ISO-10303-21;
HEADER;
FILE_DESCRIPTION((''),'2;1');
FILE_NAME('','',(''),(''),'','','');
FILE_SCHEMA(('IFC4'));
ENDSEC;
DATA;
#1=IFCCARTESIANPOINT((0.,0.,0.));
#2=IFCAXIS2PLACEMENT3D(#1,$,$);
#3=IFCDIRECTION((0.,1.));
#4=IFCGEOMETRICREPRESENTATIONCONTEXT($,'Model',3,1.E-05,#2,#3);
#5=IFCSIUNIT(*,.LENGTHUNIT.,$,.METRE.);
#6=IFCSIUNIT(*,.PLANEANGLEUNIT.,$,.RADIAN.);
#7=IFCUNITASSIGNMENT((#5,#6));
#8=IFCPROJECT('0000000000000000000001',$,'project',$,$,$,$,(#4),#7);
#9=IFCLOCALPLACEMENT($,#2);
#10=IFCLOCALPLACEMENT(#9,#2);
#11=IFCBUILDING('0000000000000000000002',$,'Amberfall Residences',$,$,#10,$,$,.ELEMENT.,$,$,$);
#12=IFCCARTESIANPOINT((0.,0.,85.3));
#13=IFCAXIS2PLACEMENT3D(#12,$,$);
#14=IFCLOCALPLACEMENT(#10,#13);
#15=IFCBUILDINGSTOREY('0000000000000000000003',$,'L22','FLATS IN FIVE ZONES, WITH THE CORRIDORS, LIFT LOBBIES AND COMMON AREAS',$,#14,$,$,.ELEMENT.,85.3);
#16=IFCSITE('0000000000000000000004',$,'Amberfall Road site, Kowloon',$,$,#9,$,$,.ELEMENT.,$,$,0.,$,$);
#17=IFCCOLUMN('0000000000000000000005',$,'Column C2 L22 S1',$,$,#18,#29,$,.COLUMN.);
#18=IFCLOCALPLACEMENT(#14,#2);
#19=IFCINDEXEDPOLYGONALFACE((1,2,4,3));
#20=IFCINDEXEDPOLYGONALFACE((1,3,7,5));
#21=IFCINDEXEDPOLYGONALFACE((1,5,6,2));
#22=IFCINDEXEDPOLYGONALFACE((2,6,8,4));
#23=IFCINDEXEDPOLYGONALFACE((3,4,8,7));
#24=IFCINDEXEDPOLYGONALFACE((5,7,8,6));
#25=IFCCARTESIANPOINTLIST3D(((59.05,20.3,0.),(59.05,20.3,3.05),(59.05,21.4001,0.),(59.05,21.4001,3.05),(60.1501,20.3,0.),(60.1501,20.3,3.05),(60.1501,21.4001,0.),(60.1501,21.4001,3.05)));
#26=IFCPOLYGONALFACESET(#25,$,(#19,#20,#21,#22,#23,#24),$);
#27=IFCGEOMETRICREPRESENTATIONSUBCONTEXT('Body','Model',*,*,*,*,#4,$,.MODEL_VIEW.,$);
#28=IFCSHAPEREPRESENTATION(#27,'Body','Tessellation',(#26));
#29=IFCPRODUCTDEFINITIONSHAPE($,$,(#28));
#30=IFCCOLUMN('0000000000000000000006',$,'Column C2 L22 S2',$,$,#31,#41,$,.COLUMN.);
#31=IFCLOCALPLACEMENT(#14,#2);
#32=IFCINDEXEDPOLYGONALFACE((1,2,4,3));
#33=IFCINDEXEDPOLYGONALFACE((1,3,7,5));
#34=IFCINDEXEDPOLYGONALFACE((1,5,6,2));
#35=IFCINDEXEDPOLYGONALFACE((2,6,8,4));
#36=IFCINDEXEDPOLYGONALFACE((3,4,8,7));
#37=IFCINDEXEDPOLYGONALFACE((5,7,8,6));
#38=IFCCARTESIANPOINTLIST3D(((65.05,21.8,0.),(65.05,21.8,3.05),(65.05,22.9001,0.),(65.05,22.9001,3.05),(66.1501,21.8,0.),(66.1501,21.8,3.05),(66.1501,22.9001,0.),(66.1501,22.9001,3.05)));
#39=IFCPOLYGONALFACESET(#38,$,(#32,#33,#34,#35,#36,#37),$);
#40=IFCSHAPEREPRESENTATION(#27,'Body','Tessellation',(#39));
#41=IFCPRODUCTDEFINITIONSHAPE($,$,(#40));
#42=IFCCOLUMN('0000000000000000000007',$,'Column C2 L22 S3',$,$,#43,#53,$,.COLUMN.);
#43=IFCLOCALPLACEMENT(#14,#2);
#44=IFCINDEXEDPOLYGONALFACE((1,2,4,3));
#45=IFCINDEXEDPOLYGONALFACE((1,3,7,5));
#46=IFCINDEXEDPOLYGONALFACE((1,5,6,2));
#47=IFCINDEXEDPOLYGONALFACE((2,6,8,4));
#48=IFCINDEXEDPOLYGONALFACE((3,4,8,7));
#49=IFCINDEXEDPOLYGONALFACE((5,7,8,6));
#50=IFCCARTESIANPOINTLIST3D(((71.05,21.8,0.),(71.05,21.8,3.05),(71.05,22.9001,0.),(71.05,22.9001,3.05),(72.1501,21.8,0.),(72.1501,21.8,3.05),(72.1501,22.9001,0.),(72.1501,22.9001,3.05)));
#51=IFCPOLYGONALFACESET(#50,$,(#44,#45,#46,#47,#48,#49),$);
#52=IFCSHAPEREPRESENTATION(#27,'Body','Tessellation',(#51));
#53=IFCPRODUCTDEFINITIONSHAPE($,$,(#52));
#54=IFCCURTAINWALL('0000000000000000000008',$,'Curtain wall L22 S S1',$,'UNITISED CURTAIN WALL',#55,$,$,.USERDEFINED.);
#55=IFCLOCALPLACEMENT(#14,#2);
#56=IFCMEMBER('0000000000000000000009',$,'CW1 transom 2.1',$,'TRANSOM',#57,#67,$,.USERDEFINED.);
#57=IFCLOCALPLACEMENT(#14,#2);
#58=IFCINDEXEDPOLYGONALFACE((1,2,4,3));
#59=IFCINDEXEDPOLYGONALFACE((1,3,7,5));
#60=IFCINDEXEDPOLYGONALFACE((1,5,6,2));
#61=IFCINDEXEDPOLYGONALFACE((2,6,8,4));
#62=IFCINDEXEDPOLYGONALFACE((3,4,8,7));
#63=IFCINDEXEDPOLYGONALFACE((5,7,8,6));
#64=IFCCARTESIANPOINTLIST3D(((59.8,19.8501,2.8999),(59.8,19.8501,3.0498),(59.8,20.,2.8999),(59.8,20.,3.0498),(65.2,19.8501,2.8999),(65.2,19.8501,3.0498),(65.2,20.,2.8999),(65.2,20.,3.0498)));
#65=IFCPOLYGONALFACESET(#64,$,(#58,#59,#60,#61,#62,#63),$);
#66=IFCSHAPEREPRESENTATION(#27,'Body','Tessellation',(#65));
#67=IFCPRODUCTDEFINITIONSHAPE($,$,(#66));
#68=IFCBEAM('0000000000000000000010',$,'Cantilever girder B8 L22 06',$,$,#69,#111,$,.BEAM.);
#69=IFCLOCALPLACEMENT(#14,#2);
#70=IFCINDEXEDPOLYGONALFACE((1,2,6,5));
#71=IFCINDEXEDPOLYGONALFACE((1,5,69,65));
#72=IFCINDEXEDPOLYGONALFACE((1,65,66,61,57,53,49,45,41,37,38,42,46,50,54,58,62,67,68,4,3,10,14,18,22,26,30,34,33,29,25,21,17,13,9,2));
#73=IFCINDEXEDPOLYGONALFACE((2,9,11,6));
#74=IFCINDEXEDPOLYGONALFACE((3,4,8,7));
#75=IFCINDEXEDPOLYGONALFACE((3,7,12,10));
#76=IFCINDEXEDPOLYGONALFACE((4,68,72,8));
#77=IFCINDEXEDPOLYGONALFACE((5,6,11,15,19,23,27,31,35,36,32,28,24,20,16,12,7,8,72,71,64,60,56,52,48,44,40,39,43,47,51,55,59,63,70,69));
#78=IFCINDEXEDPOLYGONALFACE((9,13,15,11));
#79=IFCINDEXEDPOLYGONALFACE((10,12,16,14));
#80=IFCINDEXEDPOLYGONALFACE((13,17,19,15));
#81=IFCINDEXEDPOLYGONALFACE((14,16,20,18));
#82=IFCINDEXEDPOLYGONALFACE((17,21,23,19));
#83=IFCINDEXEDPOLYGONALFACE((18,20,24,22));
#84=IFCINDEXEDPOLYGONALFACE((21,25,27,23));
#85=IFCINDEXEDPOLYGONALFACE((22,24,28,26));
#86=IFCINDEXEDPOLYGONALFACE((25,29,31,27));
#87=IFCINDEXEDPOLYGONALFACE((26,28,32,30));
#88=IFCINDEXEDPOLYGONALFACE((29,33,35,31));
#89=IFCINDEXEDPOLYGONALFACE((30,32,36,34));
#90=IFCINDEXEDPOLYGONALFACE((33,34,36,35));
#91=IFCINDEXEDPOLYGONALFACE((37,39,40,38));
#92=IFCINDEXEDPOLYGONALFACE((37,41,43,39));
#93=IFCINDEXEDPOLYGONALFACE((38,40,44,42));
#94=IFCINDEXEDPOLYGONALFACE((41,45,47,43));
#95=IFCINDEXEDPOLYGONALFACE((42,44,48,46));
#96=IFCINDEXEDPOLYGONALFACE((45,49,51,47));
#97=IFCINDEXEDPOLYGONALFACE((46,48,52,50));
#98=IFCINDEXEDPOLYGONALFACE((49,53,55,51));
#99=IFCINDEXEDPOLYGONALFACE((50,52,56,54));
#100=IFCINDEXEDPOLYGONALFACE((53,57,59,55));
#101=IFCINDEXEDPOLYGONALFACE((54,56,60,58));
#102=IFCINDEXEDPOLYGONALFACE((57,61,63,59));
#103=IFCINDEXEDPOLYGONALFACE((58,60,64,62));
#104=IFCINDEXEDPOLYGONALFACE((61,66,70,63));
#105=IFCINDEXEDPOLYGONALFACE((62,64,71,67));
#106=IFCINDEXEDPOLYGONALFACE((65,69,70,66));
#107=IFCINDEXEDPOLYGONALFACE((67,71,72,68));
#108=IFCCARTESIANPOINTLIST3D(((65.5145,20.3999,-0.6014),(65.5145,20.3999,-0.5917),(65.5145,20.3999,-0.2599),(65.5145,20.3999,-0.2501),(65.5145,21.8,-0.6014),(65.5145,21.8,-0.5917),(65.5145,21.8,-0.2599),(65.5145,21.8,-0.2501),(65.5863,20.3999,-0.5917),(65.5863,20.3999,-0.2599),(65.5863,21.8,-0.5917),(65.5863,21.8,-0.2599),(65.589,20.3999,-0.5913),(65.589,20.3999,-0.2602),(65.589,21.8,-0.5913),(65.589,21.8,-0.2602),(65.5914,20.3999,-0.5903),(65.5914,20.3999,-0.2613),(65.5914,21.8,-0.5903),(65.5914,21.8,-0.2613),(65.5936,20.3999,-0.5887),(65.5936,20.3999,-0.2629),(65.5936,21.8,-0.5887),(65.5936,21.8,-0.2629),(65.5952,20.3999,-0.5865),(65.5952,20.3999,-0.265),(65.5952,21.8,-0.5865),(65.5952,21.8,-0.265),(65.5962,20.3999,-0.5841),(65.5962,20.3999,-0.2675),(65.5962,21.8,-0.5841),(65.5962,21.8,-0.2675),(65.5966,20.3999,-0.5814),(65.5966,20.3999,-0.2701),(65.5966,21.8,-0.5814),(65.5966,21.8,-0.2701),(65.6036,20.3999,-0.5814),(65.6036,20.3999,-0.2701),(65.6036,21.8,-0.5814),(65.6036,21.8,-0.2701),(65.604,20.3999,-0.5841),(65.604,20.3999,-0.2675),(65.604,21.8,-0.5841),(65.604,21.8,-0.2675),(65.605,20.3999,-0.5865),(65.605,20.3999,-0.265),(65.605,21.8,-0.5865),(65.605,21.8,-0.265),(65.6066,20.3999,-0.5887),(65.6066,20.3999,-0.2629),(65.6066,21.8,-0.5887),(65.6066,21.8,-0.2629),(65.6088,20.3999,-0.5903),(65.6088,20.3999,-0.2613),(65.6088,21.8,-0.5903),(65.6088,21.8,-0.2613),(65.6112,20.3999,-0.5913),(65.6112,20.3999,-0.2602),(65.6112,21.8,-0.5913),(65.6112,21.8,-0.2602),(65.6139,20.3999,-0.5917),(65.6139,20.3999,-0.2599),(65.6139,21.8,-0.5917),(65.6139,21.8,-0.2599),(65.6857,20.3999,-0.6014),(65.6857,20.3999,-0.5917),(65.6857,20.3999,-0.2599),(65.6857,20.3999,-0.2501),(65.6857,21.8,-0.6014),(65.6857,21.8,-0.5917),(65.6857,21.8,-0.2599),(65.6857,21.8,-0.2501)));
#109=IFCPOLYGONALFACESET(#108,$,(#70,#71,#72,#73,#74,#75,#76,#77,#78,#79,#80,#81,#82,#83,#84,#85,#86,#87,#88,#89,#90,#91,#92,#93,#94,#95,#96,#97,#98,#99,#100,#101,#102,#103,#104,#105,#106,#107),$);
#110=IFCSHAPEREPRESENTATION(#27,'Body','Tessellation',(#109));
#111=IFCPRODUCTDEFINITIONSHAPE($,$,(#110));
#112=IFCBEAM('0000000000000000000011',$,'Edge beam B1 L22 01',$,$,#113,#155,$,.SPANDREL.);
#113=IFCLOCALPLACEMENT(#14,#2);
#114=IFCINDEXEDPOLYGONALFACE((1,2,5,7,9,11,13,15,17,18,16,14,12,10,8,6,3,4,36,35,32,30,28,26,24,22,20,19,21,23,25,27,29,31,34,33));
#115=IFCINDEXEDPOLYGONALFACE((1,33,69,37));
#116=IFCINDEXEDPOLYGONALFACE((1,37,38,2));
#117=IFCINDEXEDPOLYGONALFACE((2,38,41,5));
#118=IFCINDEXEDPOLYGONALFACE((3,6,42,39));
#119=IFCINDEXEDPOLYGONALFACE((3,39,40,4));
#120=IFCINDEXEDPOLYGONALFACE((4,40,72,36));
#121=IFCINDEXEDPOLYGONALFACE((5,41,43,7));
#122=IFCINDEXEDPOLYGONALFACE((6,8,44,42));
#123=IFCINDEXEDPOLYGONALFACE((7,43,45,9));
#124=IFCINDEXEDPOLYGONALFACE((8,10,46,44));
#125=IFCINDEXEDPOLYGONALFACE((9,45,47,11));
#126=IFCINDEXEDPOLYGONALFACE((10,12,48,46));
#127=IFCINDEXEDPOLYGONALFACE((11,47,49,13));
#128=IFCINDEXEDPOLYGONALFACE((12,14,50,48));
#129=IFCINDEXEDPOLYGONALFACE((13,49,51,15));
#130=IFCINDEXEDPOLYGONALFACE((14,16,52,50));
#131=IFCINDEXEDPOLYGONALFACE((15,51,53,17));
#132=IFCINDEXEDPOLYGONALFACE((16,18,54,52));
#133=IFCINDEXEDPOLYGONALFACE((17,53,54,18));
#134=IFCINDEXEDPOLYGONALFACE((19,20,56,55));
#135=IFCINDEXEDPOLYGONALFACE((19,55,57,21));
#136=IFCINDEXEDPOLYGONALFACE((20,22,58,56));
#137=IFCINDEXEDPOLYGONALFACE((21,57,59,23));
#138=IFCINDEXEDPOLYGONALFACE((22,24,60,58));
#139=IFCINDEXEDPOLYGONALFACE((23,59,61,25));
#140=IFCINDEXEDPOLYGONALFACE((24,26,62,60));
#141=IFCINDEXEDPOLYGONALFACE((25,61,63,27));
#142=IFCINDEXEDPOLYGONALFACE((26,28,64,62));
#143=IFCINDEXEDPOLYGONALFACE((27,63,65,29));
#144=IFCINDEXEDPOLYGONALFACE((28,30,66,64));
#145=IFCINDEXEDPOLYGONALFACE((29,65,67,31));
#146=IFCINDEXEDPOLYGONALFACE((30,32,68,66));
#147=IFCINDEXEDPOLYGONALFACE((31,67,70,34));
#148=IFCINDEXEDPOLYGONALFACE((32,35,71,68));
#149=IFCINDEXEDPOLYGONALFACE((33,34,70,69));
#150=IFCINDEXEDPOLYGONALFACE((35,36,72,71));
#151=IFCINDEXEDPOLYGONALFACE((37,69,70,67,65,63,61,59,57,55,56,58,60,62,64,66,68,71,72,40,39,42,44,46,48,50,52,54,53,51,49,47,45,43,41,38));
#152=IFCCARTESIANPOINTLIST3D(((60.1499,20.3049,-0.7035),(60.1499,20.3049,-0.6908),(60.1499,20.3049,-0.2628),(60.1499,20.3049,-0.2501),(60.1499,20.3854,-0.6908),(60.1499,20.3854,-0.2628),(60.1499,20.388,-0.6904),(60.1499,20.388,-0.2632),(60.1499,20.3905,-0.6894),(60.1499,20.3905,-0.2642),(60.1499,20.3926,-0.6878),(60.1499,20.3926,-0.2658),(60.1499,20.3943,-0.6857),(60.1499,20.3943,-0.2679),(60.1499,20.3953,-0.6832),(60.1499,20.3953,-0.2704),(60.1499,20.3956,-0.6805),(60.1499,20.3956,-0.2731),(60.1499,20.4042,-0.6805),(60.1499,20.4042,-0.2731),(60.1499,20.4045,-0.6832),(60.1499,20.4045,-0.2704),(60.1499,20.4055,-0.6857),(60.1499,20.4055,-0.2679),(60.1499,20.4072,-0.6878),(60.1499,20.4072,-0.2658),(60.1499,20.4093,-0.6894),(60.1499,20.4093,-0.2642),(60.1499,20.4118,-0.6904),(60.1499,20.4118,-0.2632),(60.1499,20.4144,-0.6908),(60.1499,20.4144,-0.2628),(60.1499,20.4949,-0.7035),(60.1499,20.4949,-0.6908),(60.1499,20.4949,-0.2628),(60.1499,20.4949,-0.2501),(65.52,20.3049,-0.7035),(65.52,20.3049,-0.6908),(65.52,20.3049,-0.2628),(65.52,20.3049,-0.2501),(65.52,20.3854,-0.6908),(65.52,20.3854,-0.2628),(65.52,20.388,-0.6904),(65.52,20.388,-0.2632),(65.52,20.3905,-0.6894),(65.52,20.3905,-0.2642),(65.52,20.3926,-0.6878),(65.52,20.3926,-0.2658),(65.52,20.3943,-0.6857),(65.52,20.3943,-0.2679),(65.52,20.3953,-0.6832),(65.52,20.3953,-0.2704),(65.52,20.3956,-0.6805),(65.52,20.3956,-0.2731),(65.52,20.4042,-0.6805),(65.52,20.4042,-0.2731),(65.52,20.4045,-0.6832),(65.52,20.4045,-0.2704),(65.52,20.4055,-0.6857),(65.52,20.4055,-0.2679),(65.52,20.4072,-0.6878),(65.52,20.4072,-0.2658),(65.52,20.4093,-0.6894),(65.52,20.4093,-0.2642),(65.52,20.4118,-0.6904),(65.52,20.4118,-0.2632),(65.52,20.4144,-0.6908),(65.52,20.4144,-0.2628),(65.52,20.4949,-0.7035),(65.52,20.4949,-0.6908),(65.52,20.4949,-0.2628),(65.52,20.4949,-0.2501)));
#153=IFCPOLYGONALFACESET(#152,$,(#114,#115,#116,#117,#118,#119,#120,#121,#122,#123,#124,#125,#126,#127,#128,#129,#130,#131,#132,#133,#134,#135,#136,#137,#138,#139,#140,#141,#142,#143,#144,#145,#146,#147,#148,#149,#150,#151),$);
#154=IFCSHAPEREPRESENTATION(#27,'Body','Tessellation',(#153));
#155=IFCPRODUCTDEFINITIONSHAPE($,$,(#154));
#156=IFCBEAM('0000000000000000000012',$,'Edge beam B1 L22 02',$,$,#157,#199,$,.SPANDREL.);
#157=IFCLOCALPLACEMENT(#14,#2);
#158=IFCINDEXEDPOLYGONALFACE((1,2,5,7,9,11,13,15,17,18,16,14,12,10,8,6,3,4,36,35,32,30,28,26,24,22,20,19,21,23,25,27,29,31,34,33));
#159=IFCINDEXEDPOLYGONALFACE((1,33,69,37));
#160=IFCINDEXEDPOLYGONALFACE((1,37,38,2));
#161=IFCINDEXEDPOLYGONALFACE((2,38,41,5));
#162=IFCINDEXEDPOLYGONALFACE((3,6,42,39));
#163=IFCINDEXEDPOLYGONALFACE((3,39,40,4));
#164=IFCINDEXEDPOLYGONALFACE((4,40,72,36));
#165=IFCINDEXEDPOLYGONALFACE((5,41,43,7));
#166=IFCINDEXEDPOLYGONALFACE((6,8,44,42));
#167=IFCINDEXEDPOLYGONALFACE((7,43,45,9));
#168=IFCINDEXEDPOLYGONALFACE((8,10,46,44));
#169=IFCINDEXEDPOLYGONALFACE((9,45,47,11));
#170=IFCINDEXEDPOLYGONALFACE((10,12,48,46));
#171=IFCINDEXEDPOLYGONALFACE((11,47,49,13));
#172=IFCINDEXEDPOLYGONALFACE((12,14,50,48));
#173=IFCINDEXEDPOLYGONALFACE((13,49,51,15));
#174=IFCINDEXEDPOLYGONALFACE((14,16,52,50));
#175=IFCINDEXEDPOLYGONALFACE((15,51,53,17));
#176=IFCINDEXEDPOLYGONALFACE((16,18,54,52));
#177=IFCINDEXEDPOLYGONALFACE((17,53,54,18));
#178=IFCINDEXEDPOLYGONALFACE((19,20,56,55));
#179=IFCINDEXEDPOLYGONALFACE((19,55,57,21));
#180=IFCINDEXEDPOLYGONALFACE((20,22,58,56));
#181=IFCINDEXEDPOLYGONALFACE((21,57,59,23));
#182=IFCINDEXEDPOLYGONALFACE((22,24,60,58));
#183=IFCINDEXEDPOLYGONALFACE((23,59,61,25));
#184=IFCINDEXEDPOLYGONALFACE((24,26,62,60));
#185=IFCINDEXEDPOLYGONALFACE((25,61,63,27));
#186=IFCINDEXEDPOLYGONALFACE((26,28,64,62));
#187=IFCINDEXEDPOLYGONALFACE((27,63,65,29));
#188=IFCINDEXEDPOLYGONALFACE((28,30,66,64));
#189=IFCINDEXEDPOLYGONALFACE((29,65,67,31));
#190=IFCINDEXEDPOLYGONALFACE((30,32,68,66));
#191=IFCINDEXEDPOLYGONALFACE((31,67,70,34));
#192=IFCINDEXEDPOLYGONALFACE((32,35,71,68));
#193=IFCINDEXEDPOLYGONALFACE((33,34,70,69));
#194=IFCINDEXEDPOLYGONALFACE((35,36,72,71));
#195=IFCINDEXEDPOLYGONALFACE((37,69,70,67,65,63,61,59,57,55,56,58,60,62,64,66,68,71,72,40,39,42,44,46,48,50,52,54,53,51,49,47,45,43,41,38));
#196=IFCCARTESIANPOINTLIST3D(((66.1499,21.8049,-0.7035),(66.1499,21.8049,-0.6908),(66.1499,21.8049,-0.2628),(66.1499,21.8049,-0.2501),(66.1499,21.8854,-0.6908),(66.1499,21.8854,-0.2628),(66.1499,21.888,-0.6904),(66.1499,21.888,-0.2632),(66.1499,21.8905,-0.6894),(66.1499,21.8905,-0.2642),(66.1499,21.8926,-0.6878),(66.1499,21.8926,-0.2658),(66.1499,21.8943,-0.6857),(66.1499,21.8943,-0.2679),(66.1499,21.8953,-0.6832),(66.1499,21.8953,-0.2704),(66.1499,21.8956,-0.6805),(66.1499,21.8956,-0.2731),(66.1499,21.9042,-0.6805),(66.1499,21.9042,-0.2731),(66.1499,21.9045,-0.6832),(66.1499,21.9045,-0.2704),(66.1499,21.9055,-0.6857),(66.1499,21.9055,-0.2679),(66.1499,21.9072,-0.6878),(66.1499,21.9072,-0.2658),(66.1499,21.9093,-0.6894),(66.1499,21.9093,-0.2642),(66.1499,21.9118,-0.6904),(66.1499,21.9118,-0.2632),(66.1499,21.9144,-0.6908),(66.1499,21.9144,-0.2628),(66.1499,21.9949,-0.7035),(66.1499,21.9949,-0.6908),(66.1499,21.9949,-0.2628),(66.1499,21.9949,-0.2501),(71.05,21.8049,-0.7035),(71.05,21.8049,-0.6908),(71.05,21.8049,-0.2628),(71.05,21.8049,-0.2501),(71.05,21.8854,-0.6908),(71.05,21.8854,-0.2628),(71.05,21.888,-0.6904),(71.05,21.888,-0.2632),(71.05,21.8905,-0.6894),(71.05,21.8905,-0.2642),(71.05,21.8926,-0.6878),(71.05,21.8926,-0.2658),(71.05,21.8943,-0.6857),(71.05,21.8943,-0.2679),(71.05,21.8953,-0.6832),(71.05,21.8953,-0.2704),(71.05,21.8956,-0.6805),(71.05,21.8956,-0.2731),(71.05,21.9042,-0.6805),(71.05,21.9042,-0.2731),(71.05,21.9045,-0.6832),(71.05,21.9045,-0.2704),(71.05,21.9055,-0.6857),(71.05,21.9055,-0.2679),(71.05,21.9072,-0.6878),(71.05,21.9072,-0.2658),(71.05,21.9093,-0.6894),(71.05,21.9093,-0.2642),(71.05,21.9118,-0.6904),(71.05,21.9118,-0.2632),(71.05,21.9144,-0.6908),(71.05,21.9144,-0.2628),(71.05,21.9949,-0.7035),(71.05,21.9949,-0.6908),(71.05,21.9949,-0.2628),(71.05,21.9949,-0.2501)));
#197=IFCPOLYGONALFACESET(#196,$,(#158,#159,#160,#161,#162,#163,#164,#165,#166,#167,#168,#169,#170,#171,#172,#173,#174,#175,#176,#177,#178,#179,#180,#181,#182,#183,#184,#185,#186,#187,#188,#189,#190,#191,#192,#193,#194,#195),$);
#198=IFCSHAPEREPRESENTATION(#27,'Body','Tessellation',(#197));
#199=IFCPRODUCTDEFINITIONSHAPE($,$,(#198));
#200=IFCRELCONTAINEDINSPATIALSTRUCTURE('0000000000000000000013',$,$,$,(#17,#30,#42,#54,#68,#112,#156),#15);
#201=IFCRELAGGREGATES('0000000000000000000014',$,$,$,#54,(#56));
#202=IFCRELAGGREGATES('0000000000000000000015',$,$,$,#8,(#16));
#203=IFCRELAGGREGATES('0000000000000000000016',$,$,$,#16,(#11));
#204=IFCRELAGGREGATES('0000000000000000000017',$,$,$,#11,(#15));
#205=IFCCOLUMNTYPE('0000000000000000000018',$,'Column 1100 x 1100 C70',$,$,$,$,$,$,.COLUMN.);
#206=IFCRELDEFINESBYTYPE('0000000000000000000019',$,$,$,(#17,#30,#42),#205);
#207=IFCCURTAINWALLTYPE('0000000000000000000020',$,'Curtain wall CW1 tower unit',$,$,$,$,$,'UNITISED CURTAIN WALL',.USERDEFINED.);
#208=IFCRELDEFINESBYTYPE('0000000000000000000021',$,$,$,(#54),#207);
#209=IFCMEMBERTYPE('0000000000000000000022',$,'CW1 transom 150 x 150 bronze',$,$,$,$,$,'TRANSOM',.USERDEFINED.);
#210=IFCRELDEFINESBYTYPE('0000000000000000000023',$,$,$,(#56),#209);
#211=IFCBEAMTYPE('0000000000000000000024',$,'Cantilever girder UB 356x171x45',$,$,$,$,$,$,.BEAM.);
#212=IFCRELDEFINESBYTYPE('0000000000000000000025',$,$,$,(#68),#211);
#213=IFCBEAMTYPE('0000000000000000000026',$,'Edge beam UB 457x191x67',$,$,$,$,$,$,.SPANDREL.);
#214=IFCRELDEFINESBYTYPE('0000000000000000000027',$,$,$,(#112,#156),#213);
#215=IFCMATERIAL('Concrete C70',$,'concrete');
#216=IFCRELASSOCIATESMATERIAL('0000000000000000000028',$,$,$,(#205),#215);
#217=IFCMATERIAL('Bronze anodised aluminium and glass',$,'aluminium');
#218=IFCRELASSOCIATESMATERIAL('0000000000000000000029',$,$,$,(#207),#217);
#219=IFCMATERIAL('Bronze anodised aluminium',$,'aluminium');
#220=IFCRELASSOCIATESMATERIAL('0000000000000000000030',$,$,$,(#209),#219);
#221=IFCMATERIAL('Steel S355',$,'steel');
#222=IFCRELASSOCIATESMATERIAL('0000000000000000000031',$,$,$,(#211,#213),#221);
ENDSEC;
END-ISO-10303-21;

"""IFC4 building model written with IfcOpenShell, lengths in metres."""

from ifc_helpers import new_model, si_unit, direction, frame, origin, origin_2d, place, context, subcontext, project, spatial, rectangle, i_section, extrude, material, material_profile, profile_set, type_object, element, aggregate, save


model = new_model("IFC4")

# Units and contexts
model_context = context("Model", 3, precision=1e-05, world=origin(), true_north=direction((0.0, 1.0)))
body_context = subcontext(model_context, "Body", "Model", "MODEL_VIEW")
ifc_project = project(units=[si_unit("LENGTHUNIT", "METRE"), si_unit("PLANEANGLEUNIT", "RADIAN")], contexts=[model_context])

# Site, building, storey
site_placement = place(None, origin())
site = spatial("IfcSite", under=ifc_project, at=site_placement, Name="Amberfall Road site, Kowloon", CompositionType="ELEMENT", RefElevation=0.0)
building_placement = place(site_placement, origin())
building = spatial("IfcBuilding", under=site, at=building_placement, Name="Amberfall Residences", CompositionType="ELEMENT")
storey_placement = place(building_placement, frame((0.0, 0.0, 85.3)))
storey = spatial("IfcBuildingStorey", under=building, at=storey_placement, Name="L22", Description="FLATS IN FIVE ZONES, WITH THE CORRIDORS, LIFT LOBBIES AND COMMON AREAS", CompositionType="ELEMENT", Elevation=85.3)

# Columns
ifc_material_1 = material(Name="Concrete C70", Category="concrete")
ifc_material_profile_1 = material_profile(ifc_material_1, rectangle(XDim=1.1001, YDim=1.1001, at=origin_2d()), Name="Column 1100 x 1100 C70")
ifc_profile_set_1 = profile_set([ifc_material_profile_1], Name="Concrete C70")
column_type = type_object("IfcColumnType", Name="Column 1100 x 1100 C70", PredefinedType="COLUMN", material=ifc_profile_set_1)
for number, where, z_axis, x_axis, name in (
    (1, (59.6001, 20.8501, 0.0), (0.0, 0.0, 1.0), (1.0, 0.0, 0.0), "Column C2 L22 S1"),
    (2, (65.6001, 22.3501, 0.0), (0.0, 0.0, 1.0), (1.0, 0.0, 0.0), "Column C2 L22 S2"),
    (3, (71.6001, 22.3501, 0.0), (0.0, 0.0, 1.0), (1.0, 0.0, 0.0), "Column C2 L22 S3"),
):
    element("IfcColumn", number, at=place(storey_placement, frame(where, z_axis=z_axis, x_axis=x_axis)), inside=storey, type_object=column_type, Name=name, PredefinedType="COLUMN", context=body_context, shape_type="SweptSolid", body=[
        extrude(rectangle(XDim=1.1001, YDim=1.1001, at=origin_2d()), origin(), (0.0, 0.0, 1.0), 3.05),
    ])

# Curtain wall, member
ifc_material_2 = material(Name="Bronze anodised aluminium and glass", Category="aluminium")
curtain_wall_type = type_object("IfcCurtainWallType", Name="Curtain wall CW1 tower unit", ElementType="UNITISED CURTAIN WALL", PredefinedType="USERDEFINED", material=ifc_material_2)
curtain_wall_placement = place(storey_placement, origin())
curtain_wall = element("IfcCurtainWall", 4, at=curtain_wall_placement, inside=storey, type_object=curtain_wall_type, Name="Curtain wall L22 S S1", ObjectType="UNITISED CURTAIN WALL", PredefinedType="USERDEFINED")
ifc_material_3 = material(Name="Bronze anodised aluminium", Category="aluminium")
ifc_material_profile_2 = material_profile(ifc_material_3, rectangle(XDim=0.1499, YDim=0.1499, at=origin_2d()), Name="CW1 transom 150 x 150 bronze")
ifc_profile_set_2 = profile_set([ifc_material_profile_2], Name="Bronze anodised aluminium")
member_type_1 = type_object("IfcMemberType", Name="CW1 transom 150 x 150 bronze", ElementType="TRANSOM", PredefinedType="USERDEFINED", material=ifc_profile_set_2)
member_1_placement = place(storey_placement, frame((59.8, 19.925, 2.9749), z_axis=(1.0, 0.0, 0.0), x_axis=(0.0, 1.0, 0.0)))
member_1 = element("IfcMember", 5, at=member_1_placement, type_object=member_type_1, Name="CW1 transom 2.1", ObjectType="TRANSOM", PredefinedType="USERDEFINED", context=body_context, shape_type="SweptSolid", body=[
    extrude(rectangle(XDim=0.1499, YDim=0.1499, at=origin_2d()), origin(), (0.0, 0.0, 1.0), 5.3999),
])

# Beams
ifc_material_4 = material(Name="Steel S355", Category="steel")
ifc_material_profile_3 = material_profile(ifc_material_4, i_section(OverallWidth=0.1711, OverallDepth=0.3513, WebThickness=0.0071, FlangeThickness=0.0098, FilletRadius=0.0103, at=origin_2d()), Name="UB 356x171x45")
ifc_profile_set_3 = profile_set([ifc_material_profile_3], Name="Steel S355")
beam_type_1 = type_object("IfcBeamType", Name="Cantilever girder UB 356x171x45", PredefinedType="BEAM", material=ifc_profile_set_3)
beam_1_placement = place(storey_placement, frame((65.6001, 21.8, -0.4258), z_axis=(0.0, -1.0, 0.0), x_axis=(1.0, 0.0, 0.0)))
element("IfcBeam", 6, at=beam_1_placement, inside=storey, type_object=beam_type_1, Name="Cantilever girder B8 L22 06", PredefinedType="BEAM", context=body_context, shape_type="SweptSolid", body=[
    extrude(i_section(OverallWidth=0.1711, OverallDepth=0.3513, WebThickness=0.0071, FlangeThickness=0.0098, FilletRadius=0.0103, at=origin_2d()), origin(), (0.0, 0.0, 1.0), 1.4001),
])
ifc_material_profile_4 = material_profile(ifc_material_4, i_section(OverallWidth=0.1899, OverallDepth=0.4534, WebThickness=0.0085, FlangeThickness=0.0127, FilletRadius=0.0103, at=origin_2d()), Name="UB 457x191x67")
ifc_profile_set_4 = profile_set([ifc_material_profile_4], Name="Steel S355")
beam_type_2 = type_object("IfcBeamType", Name="Edge beam UB 457x191x67", PredefinedType="SPANDREL", material=ifc_profile_set_4)
beam_2_placement = place(storey_placement, frame((60.1499, 20.3999, -0.4768), z_axis=(1.0, 0.0, 0.0), x_axis=(0.0, 1.0, 0.0)))
element("IfcBeam", 7, at=beam_2_placement, inside=storey, type_object=beam_type_2, Name="Edge beam B1 L22 01", PredefinedType="SPANDREL", context=body_context, shape_type="SweptSolid", body=[
    extrude(i_section(OverallWidth=0.1899, OverallDepth=0.4534, WebThickness=0.0085, FlangeThickness=0.0127, FilletRadius=0.0103, at=origin_2d()), origin(), (0.0, 0.0, 1.0), 5.3701),
])
beam_3_placement = place(storey_placement, frame((66.1499, 21.8999, -0.4768), z_axis=(1.0, 0.0, 0.0), x_axis=(0.0, 1.0, 0.0)))
element("IfcBeam", 8, at=beam_3_placement, inside=storey, type_object=beam_type_2, Name="Edge beam B1 L22 02", PredefinedType="SPANDREL", context=body_context, shape_type="SweptSolid", body=[
    extrude(i_section(OverallWidth=0.1899, OverallDepth=0.4534, WebThickness=0.0085, FlangeThickness=0.0127, FilletRadius=0.0103, at=origin_2d()), origin(), (0.0, 0.0, 1.0), 4.9001),
])

aggregate(curtain_wall, [member_1])

save(model, "model.ifc")
